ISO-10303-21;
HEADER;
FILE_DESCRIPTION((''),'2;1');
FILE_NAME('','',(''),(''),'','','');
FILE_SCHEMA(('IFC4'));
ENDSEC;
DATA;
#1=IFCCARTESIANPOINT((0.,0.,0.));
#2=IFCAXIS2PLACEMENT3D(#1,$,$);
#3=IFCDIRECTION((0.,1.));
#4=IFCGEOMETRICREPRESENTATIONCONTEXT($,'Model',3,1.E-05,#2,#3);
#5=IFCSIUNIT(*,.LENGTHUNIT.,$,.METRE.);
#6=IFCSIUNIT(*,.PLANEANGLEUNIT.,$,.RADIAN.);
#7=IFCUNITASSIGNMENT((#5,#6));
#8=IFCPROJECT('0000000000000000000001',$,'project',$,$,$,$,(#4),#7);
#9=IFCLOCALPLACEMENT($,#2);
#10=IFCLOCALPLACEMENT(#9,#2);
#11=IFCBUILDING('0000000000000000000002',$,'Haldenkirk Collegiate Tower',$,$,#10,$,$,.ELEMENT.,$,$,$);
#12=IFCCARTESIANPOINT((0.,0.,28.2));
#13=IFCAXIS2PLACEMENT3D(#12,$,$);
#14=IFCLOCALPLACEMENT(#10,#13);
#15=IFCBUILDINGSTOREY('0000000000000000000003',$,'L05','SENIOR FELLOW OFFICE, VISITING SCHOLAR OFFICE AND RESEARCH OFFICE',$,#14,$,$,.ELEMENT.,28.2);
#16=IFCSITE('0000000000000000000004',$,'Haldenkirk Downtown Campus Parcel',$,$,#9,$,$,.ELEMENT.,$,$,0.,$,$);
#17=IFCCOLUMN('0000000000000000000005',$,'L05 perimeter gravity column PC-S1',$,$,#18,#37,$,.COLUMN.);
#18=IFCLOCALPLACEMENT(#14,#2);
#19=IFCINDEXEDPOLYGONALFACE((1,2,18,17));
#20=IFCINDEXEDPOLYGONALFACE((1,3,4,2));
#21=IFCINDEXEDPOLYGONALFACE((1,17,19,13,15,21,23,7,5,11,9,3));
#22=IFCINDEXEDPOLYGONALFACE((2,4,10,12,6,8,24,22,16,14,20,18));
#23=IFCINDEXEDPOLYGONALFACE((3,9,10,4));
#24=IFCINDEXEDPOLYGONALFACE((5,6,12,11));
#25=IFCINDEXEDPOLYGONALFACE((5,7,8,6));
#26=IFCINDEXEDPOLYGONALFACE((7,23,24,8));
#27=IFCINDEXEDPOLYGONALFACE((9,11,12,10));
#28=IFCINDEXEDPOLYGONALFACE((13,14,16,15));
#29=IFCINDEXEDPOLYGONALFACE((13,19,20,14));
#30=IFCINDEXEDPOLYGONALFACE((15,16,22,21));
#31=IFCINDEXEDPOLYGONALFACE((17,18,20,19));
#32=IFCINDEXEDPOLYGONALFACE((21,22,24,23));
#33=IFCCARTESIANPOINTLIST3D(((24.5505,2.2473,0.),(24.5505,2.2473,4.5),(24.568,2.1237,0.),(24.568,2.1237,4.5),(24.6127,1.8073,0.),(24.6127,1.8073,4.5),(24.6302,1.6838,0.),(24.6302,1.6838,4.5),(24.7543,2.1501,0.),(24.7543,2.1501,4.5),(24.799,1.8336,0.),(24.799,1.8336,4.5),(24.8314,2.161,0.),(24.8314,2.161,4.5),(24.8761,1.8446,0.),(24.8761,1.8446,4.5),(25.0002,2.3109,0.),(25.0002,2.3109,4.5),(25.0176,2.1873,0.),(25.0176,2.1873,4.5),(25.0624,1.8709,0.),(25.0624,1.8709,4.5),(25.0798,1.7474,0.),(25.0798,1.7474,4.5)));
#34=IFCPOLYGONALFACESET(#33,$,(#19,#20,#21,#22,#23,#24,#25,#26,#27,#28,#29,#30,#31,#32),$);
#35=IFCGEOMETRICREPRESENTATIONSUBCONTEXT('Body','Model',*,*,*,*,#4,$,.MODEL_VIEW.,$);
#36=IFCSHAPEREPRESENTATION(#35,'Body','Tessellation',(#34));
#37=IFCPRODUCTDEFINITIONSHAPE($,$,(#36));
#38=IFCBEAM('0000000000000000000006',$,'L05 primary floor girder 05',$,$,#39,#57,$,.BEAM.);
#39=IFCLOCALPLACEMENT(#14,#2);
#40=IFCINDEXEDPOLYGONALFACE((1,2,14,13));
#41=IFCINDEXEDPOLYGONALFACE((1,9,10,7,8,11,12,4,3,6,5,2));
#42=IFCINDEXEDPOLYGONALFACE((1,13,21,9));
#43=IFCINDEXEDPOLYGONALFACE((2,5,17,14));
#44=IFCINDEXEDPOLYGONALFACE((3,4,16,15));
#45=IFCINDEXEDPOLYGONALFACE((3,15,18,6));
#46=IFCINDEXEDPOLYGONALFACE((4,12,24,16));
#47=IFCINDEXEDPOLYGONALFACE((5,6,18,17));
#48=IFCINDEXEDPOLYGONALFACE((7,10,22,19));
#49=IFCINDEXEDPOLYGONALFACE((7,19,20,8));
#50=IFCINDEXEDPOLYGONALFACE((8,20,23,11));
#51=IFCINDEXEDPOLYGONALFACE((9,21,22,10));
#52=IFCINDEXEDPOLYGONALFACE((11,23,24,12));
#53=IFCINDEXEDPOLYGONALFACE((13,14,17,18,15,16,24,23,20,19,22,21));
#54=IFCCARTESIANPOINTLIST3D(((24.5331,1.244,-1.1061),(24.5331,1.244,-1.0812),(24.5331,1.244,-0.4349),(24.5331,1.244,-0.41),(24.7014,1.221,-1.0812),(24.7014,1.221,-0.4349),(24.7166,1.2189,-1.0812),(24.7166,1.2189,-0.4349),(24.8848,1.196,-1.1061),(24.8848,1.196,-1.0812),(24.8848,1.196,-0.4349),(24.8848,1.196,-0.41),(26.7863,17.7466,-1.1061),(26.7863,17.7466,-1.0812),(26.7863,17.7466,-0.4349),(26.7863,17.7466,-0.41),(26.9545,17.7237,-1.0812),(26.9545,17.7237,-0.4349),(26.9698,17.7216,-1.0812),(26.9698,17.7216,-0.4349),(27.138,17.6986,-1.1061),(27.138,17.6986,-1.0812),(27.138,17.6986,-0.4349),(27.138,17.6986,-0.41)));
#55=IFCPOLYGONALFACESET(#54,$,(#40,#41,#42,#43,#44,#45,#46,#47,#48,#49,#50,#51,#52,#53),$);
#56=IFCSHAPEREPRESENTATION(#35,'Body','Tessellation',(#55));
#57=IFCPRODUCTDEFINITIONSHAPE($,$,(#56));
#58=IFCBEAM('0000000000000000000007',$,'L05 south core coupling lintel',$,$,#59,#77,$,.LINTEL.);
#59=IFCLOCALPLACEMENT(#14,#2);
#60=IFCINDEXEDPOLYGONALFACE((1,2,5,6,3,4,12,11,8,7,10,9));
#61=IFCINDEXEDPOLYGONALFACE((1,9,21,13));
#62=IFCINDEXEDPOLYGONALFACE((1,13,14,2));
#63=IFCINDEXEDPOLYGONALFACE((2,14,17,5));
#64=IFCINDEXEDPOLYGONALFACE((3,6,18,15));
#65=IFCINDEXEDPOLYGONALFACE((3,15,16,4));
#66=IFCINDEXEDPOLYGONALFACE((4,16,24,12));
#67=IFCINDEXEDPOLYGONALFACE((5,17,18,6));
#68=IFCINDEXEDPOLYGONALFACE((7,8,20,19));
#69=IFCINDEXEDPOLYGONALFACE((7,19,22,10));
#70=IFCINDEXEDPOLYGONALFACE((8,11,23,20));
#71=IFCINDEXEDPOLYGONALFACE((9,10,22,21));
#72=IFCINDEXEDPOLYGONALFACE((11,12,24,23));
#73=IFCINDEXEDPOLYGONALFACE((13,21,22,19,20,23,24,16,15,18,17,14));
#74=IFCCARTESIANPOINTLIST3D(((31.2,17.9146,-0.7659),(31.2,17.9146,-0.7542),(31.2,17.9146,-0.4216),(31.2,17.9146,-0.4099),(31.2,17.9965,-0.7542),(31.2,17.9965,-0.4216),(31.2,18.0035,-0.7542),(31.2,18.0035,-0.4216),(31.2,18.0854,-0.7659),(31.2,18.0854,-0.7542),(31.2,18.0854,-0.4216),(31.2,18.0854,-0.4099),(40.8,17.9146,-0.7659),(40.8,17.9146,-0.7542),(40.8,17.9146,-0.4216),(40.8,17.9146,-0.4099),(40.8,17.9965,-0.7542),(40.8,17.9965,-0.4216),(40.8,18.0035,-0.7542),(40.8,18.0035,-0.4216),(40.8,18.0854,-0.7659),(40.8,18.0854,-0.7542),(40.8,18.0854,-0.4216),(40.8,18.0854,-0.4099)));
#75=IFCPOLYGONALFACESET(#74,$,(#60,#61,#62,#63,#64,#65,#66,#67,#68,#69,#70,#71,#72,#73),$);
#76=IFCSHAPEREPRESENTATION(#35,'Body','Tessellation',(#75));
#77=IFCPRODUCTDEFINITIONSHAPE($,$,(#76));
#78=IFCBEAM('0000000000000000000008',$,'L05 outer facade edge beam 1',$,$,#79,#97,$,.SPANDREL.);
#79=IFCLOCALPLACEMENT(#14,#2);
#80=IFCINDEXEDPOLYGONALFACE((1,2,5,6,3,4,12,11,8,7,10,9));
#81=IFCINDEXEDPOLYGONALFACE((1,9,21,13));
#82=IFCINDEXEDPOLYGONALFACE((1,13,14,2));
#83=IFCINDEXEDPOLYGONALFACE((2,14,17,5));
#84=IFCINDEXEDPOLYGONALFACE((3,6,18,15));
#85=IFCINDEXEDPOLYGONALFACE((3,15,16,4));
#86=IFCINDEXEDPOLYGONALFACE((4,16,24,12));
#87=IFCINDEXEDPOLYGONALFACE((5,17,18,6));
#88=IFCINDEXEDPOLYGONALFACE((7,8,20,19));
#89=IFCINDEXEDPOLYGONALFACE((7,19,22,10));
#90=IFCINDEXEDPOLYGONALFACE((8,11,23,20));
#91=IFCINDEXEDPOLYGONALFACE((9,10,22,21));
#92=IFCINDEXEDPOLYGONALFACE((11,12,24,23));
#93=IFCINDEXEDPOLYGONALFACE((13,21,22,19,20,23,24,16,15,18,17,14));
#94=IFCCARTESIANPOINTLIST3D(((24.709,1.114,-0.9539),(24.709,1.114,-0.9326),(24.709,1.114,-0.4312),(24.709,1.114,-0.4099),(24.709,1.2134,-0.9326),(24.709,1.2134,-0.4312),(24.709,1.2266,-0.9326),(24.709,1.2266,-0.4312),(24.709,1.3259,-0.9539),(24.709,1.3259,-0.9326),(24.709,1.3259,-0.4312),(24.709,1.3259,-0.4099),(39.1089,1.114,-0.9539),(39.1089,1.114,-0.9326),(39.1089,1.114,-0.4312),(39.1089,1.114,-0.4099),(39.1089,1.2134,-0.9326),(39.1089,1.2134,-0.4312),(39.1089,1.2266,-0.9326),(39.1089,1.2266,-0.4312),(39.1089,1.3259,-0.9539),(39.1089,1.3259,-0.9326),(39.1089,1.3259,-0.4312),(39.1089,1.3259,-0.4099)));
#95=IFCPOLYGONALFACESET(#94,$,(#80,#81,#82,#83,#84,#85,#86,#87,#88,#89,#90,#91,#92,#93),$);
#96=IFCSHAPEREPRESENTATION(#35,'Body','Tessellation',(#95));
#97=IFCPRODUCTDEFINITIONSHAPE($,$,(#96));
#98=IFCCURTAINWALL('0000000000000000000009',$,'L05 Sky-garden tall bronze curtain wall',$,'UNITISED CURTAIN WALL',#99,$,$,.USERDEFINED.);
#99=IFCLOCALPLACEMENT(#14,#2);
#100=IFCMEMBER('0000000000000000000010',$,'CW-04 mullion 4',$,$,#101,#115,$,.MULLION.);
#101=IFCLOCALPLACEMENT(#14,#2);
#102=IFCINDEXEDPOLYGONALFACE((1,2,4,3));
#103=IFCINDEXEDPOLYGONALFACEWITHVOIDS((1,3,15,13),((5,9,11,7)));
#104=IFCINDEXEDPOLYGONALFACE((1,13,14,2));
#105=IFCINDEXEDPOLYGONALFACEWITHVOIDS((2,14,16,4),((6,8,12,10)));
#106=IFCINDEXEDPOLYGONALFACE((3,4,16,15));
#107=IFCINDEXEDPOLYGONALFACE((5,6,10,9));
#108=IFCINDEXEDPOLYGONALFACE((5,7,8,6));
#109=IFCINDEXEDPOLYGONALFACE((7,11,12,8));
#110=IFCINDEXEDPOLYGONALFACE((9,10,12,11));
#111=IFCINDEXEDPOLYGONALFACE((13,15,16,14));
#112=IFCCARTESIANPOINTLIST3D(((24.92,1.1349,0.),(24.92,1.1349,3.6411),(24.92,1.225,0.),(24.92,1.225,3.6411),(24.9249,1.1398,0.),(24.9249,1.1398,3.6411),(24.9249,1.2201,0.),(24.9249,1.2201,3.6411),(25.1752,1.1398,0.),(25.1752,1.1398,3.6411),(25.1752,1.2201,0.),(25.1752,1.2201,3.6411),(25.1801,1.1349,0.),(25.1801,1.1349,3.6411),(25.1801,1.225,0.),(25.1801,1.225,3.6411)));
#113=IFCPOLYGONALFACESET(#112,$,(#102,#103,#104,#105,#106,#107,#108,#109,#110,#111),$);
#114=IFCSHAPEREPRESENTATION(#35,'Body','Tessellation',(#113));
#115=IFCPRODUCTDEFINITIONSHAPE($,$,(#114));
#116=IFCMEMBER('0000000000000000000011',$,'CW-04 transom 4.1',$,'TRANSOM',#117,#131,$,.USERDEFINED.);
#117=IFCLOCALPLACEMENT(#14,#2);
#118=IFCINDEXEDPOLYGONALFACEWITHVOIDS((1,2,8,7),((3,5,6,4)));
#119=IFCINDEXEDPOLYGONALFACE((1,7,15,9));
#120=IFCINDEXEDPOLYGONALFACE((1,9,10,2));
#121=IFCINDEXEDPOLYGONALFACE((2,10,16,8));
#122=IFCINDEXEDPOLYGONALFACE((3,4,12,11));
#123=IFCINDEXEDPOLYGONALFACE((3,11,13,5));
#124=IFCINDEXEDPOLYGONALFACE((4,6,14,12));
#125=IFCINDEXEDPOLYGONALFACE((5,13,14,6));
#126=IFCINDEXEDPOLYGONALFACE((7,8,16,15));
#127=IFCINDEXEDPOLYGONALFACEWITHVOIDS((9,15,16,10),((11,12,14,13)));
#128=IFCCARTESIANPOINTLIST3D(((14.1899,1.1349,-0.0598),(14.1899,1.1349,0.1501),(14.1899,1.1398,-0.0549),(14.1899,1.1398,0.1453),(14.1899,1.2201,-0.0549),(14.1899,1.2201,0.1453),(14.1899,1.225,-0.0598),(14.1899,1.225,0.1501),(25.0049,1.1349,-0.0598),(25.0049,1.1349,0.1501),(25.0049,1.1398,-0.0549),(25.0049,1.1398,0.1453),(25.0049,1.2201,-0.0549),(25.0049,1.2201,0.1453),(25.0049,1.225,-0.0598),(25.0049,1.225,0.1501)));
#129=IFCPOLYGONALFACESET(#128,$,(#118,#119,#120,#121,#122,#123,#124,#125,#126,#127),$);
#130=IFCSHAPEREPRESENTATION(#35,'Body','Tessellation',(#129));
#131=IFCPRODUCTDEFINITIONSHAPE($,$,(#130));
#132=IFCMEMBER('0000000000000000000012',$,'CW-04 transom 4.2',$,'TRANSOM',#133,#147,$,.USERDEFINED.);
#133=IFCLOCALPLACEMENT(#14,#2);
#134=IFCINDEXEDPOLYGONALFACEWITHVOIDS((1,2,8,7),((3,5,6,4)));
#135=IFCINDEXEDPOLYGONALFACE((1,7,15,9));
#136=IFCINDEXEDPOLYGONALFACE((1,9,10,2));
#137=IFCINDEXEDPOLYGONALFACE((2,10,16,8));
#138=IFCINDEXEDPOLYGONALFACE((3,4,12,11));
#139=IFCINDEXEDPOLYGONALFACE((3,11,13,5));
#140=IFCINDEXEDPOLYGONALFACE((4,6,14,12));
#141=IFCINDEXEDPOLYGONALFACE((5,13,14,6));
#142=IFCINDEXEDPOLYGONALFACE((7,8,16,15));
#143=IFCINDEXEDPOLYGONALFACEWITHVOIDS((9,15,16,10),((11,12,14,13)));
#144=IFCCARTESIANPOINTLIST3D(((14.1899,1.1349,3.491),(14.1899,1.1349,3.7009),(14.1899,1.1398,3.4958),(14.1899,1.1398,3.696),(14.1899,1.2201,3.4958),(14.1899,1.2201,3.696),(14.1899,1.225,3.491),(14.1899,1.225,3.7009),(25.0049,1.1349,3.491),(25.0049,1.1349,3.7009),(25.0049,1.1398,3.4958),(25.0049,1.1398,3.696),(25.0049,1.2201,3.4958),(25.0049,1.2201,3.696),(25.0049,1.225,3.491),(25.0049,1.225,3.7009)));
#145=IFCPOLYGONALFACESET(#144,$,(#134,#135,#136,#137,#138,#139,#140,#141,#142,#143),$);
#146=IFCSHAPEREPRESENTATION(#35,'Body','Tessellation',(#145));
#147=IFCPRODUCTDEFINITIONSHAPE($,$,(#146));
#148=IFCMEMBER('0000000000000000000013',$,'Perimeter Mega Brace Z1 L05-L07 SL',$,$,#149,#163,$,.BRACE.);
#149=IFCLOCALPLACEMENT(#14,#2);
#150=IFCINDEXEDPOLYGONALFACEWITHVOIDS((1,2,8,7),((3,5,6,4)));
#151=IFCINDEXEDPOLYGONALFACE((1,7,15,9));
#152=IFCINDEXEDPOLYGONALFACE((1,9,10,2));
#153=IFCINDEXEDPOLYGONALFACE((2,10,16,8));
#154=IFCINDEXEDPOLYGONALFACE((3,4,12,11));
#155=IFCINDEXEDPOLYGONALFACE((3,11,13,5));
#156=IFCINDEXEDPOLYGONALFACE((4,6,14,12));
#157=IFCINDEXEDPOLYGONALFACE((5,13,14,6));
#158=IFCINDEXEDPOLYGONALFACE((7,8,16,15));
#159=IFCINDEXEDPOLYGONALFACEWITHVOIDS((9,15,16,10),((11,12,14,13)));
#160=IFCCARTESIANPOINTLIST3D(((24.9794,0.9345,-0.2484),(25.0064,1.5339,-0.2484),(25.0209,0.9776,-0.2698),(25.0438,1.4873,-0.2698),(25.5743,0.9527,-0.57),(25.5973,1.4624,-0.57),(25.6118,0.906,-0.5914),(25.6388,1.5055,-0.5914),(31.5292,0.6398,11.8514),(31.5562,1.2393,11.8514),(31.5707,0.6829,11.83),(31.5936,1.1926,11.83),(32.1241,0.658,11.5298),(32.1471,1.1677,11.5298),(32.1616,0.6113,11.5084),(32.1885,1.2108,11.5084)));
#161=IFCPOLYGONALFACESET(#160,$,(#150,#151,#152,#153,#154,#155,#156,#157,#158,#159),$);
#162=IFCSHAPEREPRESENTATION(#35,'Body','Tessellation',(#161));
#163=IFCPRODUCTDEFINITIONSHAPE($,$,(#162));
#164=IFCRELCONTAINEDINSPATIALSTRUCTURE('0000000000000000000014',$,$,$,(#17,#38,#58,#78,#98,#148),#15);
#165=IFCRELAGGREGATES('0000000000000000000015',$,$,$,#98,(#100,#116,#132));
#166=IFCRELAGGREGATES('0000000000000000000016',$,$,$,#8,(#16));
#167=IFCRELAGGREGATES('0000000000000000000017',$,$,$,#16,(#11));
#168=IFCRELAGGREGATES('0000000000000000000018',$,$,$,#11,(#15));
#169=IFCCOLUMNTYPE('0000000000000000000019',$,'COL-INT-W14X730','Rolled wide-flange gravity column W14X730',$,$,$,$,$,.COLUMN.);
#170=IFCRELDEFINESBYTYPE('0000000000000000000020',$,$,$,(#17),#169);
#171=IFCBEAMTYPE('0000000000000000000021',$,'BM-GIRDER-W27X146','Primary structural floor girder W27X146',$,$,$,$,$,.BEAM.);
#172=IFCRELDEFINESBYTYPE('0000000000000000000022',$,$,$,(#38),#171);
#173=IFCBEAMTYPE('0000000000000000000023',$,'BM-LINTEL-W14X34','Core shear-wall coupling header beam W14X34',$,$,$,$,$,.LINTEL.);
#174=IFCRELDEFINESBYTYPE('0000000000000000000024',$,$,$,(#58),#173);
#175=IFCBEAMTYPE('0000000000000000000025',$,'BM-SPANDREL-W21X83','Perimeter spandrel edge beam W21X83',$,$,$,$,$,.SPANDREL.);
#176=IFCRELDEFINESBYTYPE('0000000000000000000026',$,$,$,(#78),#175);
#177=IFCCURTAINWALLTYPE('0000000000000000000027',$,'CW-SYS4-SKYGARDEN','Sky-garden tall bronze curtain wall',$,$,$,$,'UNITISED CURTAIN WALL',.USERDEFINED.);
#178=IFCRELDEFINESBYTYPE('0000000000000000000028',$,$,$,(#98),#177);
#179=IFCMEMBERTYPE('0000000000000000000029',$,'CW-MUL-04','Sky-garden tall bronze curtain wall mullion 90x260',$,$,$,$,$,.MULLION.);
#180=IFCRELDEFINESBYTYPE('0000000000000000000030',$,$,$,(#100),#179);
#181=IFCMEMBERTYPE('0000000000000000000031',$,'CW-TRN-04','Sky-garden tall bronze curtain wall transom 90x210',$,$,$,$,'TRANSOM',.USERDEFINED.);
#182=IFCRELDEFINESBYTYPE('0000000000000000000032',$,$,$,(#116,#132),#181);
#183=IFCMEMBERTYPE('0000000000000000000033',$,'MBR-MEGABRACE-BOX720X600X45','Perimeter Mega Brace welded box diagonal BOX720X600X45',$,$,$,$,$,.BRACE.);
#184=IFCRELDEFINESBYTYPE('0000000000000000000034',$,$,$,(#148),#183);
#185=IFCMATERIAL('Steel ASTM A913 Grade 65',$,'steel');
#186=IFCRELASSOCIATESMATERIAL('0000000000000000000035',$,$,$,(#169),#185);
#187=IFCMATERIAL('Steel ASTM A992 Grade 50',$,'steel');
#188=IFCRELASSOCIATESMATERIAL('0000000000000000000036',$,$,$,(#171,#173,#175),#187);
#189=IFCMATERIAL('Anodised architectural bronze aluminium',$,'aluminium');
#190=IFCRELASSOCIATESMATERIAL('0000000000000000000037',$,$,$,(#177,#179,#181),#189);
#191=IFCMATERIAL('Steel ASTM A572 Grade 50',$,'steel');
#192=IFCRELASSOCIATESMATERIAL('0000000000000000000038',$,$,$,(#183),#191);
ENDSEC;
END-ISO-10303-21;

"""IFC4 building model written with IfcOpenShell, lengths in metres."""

from ifc_helpers import new_model, si_unit, direction, frame, origin, origin_2d, place, context, subcontext, project, spatial, hollow_rectangle, i_section, extrude, material, material_profile, profile_set, type_object, element, aggregate, save


model = new_model("IFC4")

# Units and contexts
model_context = context("Model", 3, precision=1e-05, world=origin(), true_north=direction((0.0, 1.0)))
body_context = subcontext(model_context, "Body", "Model", "MODEL_VIEW")
ifc_project = project(units=[si_unit("LENGTHUNIT", "METRE"), si_unit("PLANEANGLEUNIT", "RADIAN")], contexts=[model_context])

# Site, building, storey
site_placement = place(None, origin())
site = spatial("IfcSite", under=ifc_project, at=site_placement, Name="Haldenkirk Downtown Campus Parcel", CompositionType="ELEMENT", RefElevation=0.0)
building_placement = place(site_placement, origin())
building = spatial("IfcBuilding", under=site, at=building_placement, Name="Haldenkirk Collegiate Tower", CompositionType="ELEMENT")
storey_placement = place(building_placement, frame((0.0, 0.0, 28.2)))
storey = spatial("IfcBuildingStorey", under=building, at=storey_placement, Name="L05", Description="SENIOR FELLOW OFFICE, VISITING SCHOLAR OFFICE AND RESEARCH OFFICE", CompositionType="ELEMENT", Elevation=28.2)

# Column
ifc_material_1 = material(Name="Steel ASTM A913 Grade 65", Category="steel")
ifc_material_profile_1 = material_profile(ifc_material_1, i_section(OverallWidth=0.4541, OverallDepth=0.5691, WebThickness=0.0779, FlangeThickness=0.1248, at=origin_2d()), Name="W14X730")
ifc_profile_set_1 = profile_set([ifc_material_profile_1], Name="Steel ASTM A913 Grade 65")
column_type = type_object("IfcColumnType", Name="COL-INT-W14X730", Description="Rolled wide-flange gravity column W14X730", PredefinedType="COLUMN", material=ifc_profile_set_1)
column_placement = place(storey_placement, frame((24.8152, 1.9973, 0.0), z_axis=(0.0, 0.0, 1.0), x_axis=(0.990146, 0.140037, 0.0)))
element("IfcColumn", 1, at=column_placement, inside=storey, type_object=column_type, Name="L05 perimeter gravity column PC-S1", PredefinedType="COLUMN", context=body_context, shape_type="SweptSolid", body=[
    extrude(i_section(OverallWidth=0.4541, OverallDepth=0.5691, WebThickness=0.0779, FlangeThickness=0.1248, at=origin_2d()), origin(), (0.0, 0.0, 1.0), 4.5),
])

# Beams
ifc_material_2 = material(Name="Steel ASTM A992 Grade 50", Category="steel")
ifc_material_profile_2 = material_profile(ifc_material_2, i_section(OverallWidth=0.355, OverallDepth=0.696, WebThickness=0.0154, FlangeThickness=0.0249, at=origin_2d()), Name="W27X146")
ifc_profile_set_2 = profile_set([ifc_material_profile_2], Name="Steel ASTM A992 Grade 50")
beam_type_1 = type_object("IfcBeamType", Name="BM-GIRDER-W27X146", Description="Primary structural floor girder W27X146", PredefinedType="BEAM", material=ifc_profile_set_2)
beam_1_placement = place(storey_placement, frame((24.709, 1.22, -0.7581), z_axis=(0.135279, 0.990808, 0.0), x_axis=(-0.990808, 0.135279, 0.0)))
element("IfcBeam", 2, at=beam_1_placement, inside=storey, type_object=beam_type_1, Name="L05 primary floor girder 05", PredefinedType="BEAM", context=body_context, shape_type="SweptSolid", body=[
    extrude(i_section(OverallWidth=0.355, OverallDepth=0.696, WebThickness=0.0154, FlangeThickness=0.0249, at=origin_2d()), origin(), (0.0, 0.0, 1.0), 16.6558),
])
ifc_material_profile_3 = material_profile(ifc_material_2, i_section(OverallWidth=0.1709, OverallDepth=0.356, WebThickness=0.0071, FlangeThickness=0.0117, at=origin_2d()), Name="W14X34")
ifc_profile_set_3 = profile_set([ifc_material_profile_3], Name="Steel ASTM A992 Grade 50")
beam_type_2 = type_object("IfcBeamType", Name="BM-LINTEL-W14X34", Description="Core shear-wall coupling header beam W14X34", PredefinedType="LINTEL", material=ifc_profile_set_3)
beam_2_placement = place(storey_placement, frame((31.2, 18.0, -0.5879), z_axis=(1.0, 0.0, 0.0), x_axis=(0.0, 1.0, 0.0)))
element("IfcBeam", 3, at=beam_2_placement, inside=storey, type_object=beam_type_2, Name="L05 south core coupling lintel", PredefinedType="LINTEL", context=body_context, shape_type="SweptSolid", body=[
    extrude(i_section(OverallWidth=0.1709, OverallDepth=0.356, WebThickness=0.0071, FlangeThickness=0.0117, at=origin_2d()), origin(), (0.0, 0.0, 1.0), 9.6001),
])
ifc_material_profile_4 = material_profile(ifc_material_2, i_section(OverallWidth=0.2119, OverallDepth=0.5439, WebThickness=0.0132, FlangeThickness=0.0212, at=origin_2d()), Name="W21X83")
ifc_profile_set_4 = profile_set([ifc_material_profile_4], Name="Steel ASTM A992 Grade 50")
beam_type_3 = type_object("IfcBeamType", Name="BM-SPANDREL-W21X83", Description="Perimeter spandrel edge beam W21X83", PredefinedType="SPANDREL", material=ifc_profile_set_4)
beam_3_placement = place(storey_placement, frame((24.709, 1.22, -0.6819), z_axis=(1.0, 0.0, 0.0), x_axis=(0.0, 1.0, 0.0)))
element("IfcBeam", 4, at=beam_3_placement, inside=storey, type_object=beam_type_3, Name="L05 outer facade edge beam 1", PredefinedType="SPANDREL", context=body_context, shape_type="SweptSolid", body=[
    extrude(i_section(OverallWidth=0.2119, OverallDepth=0.5439, WebThickness=0.0132, FlangeThickness=0.0212, at=origin_2d()), origin(), (0.0, 0.0, 1.0), 14.3999),
])

# Curtain wall, members
ifc_material_3 = material(Name="Anodised architectural bronze aluminium", Category="aluminium")
curtain_wall_type = type_object("IfcCurtainWallType", Name="CW-SYS4-SKYGARDEN", Description="Sky-garden tall bronze curtain wall", ElementType="UNITISED CURTAIN WALL", PredefinedType="USERDEFINED", material=ifc_material_3)
curtain_wall_placement = place(storey_placement, origin())
curtain_wall = element("IfcCurtainWall", 5, at=curtain_wall_placement, inside=storey, type_object=curtain_wall_type, Name="L05 Sky-garden tall bronze curtain wall", ObjectType="UNITISED CURTAIN WALL", PredefinedType="USERDEFINED")
ifc_material_profile_5 = material_profile(ifc_material_3, hollow_rectangle(XDim=0.0901, YDim=0.26, WallThickness=0.0049, at=origin_2d()), Name="CW-MUL-04")
ifc_profile_set_5 = profile_set([ifc_material_profile_5], Name="Anodised architectural bronze aluminium")
member_type_1 = type_object("IfcMemberType", Name="CW-MUL-04", Description="Sky-garden tall bronze curtain wall mullion 90x260", PredefinedType="MULLION", material=ifc_profile_set_5)
member_1_placement = place(storey_placement, frame((25.05, 1.1799, 0.0), z_axis=(0.0, 0.0, 1.0), x_axis=(0.0, -1.0, 0.0)))
member_1 = element("IfcMember", 6, at=member_1_placement, type_object=member_type_1, Name="CW-04 mullion 4", PredefinedType="MULLION", context=body_context, shape_type="SweptSolid", body=[
    extrude(hollow_rectangle(XDim=0.0901, YDim=0.26, WallThickness=0.0049, at=origin_2d()), origin(), (0.0, 0.0, 1.0), 3.6411),
])
ifc_material_profile_6 = material_profile(ifc_material_3, hollow_rectangle(XDim=0.0901, YDim=0.21, WallThickness=0.0049, at=origin_2d()), Name="CW-TRN-04")
ifc_profile_set_6 = profile_set([ifc_material_profile_6], Name="Anodised architectural bronze aluminium")
member_type_2 = type_object("IfcMemberType", Name="CW-TRN-04", Description="Sky-garden tall bronze curtain wall transom 90x210", ElementType="TRANSOM", PredefinedType="USERDEFINED", material=ifc_profile_set_6)
member_2_placement = place(storey_placement, frame((25.0049, 1.1799, 0.0452), z_axis=(-1.0, 0.0, 0.0), x_axis=(0.0, -1.0, 0.0)))
member_2 = element("IfcMember", 7, at=member_2_placement, type_object=member_type_2, Name="CW-04 transom 4.1", ObjectType="TRANSOM", PredefinedType="USERDEFINED", context=body_context, shape_type="SweptSolid", body=[
    extrude(hollow_rectangle(XDim=0.0901, YDim=0.21, WallThickness=0.0049, at=origin_2d()), origin(), (0.0, 0.0, 1.0), 10.8149),
])
member_3_placement = place(storey_placement, frame((25.0049, 1.1799, 3.5959), z_axis=(-1.0, 0.0, 0.0), x_axis=(0.0, -1.0, 0.0)))
member_3 = element("IfcMember", 8, at=member_3_placement, type_object=member_type_2, Name="CW-04 transom 4.2", ObjectType="TRANSOM", PredefinedType="USERDEFINED", context=body_context, shape_type="SweptSolid", body=[
    extrude(hollow_rectangle(XDim=0.0901, YDim=0.21, WallThickness=0.0049, at=origin_2d()), origin(), (0.0, 0.0, 1.0), 10.8149),
])

# Member
ifc_material_4 = material(Name="Steel ASTM A572 Grade 50", Category="steel")
ifc_material_profile_7 = material_profile(ifc_material_4, hollow_rectangle(XDim=0.6001, YDim=0.72, WallThickness=0.0449, at=origin_2d()), Name="BOX720X600X45")
ifc_profile_set_7 = profile_set([ifc_material_profile_7], Name="Steel ASTM A572 Grade 50")
member_type_3 = type_object("IfcMemberType", Name="MBR-MEGABRACE-BOX720X600X45", Description="Perimeter Mega Brace welded box diagonal BOX720X600X45", PredefinedType="BRACE", material=ifc_profile_set_7)
member_4_placement = place(storey_placement, frame((25.3091, 1.22, -0.4199), z_axis=(0.475933, -0.021412, 0.879221), x_axis=(0.044945, 0.998989, 0.0)))
element("IfcMember", 9, at=member_4_placement, inside=storey, type_object=member_type_3, Name="Perimeter Mega Brace Z1 L05-L07 SL", PredefinedType="BRACE", context=body_context, shape_type="SweptSolid", body=[
    extrude(hollow_rectangle(XDim=0.6001, YDim=0.72, WallThickness=0.0449, at=origin_2d()), origin(), (0.0, 0.0, 1.0), 13.762),
])

aggregate(curtain_wall, [member_1, member_2, member_3])

save(model, "model.ifc")
